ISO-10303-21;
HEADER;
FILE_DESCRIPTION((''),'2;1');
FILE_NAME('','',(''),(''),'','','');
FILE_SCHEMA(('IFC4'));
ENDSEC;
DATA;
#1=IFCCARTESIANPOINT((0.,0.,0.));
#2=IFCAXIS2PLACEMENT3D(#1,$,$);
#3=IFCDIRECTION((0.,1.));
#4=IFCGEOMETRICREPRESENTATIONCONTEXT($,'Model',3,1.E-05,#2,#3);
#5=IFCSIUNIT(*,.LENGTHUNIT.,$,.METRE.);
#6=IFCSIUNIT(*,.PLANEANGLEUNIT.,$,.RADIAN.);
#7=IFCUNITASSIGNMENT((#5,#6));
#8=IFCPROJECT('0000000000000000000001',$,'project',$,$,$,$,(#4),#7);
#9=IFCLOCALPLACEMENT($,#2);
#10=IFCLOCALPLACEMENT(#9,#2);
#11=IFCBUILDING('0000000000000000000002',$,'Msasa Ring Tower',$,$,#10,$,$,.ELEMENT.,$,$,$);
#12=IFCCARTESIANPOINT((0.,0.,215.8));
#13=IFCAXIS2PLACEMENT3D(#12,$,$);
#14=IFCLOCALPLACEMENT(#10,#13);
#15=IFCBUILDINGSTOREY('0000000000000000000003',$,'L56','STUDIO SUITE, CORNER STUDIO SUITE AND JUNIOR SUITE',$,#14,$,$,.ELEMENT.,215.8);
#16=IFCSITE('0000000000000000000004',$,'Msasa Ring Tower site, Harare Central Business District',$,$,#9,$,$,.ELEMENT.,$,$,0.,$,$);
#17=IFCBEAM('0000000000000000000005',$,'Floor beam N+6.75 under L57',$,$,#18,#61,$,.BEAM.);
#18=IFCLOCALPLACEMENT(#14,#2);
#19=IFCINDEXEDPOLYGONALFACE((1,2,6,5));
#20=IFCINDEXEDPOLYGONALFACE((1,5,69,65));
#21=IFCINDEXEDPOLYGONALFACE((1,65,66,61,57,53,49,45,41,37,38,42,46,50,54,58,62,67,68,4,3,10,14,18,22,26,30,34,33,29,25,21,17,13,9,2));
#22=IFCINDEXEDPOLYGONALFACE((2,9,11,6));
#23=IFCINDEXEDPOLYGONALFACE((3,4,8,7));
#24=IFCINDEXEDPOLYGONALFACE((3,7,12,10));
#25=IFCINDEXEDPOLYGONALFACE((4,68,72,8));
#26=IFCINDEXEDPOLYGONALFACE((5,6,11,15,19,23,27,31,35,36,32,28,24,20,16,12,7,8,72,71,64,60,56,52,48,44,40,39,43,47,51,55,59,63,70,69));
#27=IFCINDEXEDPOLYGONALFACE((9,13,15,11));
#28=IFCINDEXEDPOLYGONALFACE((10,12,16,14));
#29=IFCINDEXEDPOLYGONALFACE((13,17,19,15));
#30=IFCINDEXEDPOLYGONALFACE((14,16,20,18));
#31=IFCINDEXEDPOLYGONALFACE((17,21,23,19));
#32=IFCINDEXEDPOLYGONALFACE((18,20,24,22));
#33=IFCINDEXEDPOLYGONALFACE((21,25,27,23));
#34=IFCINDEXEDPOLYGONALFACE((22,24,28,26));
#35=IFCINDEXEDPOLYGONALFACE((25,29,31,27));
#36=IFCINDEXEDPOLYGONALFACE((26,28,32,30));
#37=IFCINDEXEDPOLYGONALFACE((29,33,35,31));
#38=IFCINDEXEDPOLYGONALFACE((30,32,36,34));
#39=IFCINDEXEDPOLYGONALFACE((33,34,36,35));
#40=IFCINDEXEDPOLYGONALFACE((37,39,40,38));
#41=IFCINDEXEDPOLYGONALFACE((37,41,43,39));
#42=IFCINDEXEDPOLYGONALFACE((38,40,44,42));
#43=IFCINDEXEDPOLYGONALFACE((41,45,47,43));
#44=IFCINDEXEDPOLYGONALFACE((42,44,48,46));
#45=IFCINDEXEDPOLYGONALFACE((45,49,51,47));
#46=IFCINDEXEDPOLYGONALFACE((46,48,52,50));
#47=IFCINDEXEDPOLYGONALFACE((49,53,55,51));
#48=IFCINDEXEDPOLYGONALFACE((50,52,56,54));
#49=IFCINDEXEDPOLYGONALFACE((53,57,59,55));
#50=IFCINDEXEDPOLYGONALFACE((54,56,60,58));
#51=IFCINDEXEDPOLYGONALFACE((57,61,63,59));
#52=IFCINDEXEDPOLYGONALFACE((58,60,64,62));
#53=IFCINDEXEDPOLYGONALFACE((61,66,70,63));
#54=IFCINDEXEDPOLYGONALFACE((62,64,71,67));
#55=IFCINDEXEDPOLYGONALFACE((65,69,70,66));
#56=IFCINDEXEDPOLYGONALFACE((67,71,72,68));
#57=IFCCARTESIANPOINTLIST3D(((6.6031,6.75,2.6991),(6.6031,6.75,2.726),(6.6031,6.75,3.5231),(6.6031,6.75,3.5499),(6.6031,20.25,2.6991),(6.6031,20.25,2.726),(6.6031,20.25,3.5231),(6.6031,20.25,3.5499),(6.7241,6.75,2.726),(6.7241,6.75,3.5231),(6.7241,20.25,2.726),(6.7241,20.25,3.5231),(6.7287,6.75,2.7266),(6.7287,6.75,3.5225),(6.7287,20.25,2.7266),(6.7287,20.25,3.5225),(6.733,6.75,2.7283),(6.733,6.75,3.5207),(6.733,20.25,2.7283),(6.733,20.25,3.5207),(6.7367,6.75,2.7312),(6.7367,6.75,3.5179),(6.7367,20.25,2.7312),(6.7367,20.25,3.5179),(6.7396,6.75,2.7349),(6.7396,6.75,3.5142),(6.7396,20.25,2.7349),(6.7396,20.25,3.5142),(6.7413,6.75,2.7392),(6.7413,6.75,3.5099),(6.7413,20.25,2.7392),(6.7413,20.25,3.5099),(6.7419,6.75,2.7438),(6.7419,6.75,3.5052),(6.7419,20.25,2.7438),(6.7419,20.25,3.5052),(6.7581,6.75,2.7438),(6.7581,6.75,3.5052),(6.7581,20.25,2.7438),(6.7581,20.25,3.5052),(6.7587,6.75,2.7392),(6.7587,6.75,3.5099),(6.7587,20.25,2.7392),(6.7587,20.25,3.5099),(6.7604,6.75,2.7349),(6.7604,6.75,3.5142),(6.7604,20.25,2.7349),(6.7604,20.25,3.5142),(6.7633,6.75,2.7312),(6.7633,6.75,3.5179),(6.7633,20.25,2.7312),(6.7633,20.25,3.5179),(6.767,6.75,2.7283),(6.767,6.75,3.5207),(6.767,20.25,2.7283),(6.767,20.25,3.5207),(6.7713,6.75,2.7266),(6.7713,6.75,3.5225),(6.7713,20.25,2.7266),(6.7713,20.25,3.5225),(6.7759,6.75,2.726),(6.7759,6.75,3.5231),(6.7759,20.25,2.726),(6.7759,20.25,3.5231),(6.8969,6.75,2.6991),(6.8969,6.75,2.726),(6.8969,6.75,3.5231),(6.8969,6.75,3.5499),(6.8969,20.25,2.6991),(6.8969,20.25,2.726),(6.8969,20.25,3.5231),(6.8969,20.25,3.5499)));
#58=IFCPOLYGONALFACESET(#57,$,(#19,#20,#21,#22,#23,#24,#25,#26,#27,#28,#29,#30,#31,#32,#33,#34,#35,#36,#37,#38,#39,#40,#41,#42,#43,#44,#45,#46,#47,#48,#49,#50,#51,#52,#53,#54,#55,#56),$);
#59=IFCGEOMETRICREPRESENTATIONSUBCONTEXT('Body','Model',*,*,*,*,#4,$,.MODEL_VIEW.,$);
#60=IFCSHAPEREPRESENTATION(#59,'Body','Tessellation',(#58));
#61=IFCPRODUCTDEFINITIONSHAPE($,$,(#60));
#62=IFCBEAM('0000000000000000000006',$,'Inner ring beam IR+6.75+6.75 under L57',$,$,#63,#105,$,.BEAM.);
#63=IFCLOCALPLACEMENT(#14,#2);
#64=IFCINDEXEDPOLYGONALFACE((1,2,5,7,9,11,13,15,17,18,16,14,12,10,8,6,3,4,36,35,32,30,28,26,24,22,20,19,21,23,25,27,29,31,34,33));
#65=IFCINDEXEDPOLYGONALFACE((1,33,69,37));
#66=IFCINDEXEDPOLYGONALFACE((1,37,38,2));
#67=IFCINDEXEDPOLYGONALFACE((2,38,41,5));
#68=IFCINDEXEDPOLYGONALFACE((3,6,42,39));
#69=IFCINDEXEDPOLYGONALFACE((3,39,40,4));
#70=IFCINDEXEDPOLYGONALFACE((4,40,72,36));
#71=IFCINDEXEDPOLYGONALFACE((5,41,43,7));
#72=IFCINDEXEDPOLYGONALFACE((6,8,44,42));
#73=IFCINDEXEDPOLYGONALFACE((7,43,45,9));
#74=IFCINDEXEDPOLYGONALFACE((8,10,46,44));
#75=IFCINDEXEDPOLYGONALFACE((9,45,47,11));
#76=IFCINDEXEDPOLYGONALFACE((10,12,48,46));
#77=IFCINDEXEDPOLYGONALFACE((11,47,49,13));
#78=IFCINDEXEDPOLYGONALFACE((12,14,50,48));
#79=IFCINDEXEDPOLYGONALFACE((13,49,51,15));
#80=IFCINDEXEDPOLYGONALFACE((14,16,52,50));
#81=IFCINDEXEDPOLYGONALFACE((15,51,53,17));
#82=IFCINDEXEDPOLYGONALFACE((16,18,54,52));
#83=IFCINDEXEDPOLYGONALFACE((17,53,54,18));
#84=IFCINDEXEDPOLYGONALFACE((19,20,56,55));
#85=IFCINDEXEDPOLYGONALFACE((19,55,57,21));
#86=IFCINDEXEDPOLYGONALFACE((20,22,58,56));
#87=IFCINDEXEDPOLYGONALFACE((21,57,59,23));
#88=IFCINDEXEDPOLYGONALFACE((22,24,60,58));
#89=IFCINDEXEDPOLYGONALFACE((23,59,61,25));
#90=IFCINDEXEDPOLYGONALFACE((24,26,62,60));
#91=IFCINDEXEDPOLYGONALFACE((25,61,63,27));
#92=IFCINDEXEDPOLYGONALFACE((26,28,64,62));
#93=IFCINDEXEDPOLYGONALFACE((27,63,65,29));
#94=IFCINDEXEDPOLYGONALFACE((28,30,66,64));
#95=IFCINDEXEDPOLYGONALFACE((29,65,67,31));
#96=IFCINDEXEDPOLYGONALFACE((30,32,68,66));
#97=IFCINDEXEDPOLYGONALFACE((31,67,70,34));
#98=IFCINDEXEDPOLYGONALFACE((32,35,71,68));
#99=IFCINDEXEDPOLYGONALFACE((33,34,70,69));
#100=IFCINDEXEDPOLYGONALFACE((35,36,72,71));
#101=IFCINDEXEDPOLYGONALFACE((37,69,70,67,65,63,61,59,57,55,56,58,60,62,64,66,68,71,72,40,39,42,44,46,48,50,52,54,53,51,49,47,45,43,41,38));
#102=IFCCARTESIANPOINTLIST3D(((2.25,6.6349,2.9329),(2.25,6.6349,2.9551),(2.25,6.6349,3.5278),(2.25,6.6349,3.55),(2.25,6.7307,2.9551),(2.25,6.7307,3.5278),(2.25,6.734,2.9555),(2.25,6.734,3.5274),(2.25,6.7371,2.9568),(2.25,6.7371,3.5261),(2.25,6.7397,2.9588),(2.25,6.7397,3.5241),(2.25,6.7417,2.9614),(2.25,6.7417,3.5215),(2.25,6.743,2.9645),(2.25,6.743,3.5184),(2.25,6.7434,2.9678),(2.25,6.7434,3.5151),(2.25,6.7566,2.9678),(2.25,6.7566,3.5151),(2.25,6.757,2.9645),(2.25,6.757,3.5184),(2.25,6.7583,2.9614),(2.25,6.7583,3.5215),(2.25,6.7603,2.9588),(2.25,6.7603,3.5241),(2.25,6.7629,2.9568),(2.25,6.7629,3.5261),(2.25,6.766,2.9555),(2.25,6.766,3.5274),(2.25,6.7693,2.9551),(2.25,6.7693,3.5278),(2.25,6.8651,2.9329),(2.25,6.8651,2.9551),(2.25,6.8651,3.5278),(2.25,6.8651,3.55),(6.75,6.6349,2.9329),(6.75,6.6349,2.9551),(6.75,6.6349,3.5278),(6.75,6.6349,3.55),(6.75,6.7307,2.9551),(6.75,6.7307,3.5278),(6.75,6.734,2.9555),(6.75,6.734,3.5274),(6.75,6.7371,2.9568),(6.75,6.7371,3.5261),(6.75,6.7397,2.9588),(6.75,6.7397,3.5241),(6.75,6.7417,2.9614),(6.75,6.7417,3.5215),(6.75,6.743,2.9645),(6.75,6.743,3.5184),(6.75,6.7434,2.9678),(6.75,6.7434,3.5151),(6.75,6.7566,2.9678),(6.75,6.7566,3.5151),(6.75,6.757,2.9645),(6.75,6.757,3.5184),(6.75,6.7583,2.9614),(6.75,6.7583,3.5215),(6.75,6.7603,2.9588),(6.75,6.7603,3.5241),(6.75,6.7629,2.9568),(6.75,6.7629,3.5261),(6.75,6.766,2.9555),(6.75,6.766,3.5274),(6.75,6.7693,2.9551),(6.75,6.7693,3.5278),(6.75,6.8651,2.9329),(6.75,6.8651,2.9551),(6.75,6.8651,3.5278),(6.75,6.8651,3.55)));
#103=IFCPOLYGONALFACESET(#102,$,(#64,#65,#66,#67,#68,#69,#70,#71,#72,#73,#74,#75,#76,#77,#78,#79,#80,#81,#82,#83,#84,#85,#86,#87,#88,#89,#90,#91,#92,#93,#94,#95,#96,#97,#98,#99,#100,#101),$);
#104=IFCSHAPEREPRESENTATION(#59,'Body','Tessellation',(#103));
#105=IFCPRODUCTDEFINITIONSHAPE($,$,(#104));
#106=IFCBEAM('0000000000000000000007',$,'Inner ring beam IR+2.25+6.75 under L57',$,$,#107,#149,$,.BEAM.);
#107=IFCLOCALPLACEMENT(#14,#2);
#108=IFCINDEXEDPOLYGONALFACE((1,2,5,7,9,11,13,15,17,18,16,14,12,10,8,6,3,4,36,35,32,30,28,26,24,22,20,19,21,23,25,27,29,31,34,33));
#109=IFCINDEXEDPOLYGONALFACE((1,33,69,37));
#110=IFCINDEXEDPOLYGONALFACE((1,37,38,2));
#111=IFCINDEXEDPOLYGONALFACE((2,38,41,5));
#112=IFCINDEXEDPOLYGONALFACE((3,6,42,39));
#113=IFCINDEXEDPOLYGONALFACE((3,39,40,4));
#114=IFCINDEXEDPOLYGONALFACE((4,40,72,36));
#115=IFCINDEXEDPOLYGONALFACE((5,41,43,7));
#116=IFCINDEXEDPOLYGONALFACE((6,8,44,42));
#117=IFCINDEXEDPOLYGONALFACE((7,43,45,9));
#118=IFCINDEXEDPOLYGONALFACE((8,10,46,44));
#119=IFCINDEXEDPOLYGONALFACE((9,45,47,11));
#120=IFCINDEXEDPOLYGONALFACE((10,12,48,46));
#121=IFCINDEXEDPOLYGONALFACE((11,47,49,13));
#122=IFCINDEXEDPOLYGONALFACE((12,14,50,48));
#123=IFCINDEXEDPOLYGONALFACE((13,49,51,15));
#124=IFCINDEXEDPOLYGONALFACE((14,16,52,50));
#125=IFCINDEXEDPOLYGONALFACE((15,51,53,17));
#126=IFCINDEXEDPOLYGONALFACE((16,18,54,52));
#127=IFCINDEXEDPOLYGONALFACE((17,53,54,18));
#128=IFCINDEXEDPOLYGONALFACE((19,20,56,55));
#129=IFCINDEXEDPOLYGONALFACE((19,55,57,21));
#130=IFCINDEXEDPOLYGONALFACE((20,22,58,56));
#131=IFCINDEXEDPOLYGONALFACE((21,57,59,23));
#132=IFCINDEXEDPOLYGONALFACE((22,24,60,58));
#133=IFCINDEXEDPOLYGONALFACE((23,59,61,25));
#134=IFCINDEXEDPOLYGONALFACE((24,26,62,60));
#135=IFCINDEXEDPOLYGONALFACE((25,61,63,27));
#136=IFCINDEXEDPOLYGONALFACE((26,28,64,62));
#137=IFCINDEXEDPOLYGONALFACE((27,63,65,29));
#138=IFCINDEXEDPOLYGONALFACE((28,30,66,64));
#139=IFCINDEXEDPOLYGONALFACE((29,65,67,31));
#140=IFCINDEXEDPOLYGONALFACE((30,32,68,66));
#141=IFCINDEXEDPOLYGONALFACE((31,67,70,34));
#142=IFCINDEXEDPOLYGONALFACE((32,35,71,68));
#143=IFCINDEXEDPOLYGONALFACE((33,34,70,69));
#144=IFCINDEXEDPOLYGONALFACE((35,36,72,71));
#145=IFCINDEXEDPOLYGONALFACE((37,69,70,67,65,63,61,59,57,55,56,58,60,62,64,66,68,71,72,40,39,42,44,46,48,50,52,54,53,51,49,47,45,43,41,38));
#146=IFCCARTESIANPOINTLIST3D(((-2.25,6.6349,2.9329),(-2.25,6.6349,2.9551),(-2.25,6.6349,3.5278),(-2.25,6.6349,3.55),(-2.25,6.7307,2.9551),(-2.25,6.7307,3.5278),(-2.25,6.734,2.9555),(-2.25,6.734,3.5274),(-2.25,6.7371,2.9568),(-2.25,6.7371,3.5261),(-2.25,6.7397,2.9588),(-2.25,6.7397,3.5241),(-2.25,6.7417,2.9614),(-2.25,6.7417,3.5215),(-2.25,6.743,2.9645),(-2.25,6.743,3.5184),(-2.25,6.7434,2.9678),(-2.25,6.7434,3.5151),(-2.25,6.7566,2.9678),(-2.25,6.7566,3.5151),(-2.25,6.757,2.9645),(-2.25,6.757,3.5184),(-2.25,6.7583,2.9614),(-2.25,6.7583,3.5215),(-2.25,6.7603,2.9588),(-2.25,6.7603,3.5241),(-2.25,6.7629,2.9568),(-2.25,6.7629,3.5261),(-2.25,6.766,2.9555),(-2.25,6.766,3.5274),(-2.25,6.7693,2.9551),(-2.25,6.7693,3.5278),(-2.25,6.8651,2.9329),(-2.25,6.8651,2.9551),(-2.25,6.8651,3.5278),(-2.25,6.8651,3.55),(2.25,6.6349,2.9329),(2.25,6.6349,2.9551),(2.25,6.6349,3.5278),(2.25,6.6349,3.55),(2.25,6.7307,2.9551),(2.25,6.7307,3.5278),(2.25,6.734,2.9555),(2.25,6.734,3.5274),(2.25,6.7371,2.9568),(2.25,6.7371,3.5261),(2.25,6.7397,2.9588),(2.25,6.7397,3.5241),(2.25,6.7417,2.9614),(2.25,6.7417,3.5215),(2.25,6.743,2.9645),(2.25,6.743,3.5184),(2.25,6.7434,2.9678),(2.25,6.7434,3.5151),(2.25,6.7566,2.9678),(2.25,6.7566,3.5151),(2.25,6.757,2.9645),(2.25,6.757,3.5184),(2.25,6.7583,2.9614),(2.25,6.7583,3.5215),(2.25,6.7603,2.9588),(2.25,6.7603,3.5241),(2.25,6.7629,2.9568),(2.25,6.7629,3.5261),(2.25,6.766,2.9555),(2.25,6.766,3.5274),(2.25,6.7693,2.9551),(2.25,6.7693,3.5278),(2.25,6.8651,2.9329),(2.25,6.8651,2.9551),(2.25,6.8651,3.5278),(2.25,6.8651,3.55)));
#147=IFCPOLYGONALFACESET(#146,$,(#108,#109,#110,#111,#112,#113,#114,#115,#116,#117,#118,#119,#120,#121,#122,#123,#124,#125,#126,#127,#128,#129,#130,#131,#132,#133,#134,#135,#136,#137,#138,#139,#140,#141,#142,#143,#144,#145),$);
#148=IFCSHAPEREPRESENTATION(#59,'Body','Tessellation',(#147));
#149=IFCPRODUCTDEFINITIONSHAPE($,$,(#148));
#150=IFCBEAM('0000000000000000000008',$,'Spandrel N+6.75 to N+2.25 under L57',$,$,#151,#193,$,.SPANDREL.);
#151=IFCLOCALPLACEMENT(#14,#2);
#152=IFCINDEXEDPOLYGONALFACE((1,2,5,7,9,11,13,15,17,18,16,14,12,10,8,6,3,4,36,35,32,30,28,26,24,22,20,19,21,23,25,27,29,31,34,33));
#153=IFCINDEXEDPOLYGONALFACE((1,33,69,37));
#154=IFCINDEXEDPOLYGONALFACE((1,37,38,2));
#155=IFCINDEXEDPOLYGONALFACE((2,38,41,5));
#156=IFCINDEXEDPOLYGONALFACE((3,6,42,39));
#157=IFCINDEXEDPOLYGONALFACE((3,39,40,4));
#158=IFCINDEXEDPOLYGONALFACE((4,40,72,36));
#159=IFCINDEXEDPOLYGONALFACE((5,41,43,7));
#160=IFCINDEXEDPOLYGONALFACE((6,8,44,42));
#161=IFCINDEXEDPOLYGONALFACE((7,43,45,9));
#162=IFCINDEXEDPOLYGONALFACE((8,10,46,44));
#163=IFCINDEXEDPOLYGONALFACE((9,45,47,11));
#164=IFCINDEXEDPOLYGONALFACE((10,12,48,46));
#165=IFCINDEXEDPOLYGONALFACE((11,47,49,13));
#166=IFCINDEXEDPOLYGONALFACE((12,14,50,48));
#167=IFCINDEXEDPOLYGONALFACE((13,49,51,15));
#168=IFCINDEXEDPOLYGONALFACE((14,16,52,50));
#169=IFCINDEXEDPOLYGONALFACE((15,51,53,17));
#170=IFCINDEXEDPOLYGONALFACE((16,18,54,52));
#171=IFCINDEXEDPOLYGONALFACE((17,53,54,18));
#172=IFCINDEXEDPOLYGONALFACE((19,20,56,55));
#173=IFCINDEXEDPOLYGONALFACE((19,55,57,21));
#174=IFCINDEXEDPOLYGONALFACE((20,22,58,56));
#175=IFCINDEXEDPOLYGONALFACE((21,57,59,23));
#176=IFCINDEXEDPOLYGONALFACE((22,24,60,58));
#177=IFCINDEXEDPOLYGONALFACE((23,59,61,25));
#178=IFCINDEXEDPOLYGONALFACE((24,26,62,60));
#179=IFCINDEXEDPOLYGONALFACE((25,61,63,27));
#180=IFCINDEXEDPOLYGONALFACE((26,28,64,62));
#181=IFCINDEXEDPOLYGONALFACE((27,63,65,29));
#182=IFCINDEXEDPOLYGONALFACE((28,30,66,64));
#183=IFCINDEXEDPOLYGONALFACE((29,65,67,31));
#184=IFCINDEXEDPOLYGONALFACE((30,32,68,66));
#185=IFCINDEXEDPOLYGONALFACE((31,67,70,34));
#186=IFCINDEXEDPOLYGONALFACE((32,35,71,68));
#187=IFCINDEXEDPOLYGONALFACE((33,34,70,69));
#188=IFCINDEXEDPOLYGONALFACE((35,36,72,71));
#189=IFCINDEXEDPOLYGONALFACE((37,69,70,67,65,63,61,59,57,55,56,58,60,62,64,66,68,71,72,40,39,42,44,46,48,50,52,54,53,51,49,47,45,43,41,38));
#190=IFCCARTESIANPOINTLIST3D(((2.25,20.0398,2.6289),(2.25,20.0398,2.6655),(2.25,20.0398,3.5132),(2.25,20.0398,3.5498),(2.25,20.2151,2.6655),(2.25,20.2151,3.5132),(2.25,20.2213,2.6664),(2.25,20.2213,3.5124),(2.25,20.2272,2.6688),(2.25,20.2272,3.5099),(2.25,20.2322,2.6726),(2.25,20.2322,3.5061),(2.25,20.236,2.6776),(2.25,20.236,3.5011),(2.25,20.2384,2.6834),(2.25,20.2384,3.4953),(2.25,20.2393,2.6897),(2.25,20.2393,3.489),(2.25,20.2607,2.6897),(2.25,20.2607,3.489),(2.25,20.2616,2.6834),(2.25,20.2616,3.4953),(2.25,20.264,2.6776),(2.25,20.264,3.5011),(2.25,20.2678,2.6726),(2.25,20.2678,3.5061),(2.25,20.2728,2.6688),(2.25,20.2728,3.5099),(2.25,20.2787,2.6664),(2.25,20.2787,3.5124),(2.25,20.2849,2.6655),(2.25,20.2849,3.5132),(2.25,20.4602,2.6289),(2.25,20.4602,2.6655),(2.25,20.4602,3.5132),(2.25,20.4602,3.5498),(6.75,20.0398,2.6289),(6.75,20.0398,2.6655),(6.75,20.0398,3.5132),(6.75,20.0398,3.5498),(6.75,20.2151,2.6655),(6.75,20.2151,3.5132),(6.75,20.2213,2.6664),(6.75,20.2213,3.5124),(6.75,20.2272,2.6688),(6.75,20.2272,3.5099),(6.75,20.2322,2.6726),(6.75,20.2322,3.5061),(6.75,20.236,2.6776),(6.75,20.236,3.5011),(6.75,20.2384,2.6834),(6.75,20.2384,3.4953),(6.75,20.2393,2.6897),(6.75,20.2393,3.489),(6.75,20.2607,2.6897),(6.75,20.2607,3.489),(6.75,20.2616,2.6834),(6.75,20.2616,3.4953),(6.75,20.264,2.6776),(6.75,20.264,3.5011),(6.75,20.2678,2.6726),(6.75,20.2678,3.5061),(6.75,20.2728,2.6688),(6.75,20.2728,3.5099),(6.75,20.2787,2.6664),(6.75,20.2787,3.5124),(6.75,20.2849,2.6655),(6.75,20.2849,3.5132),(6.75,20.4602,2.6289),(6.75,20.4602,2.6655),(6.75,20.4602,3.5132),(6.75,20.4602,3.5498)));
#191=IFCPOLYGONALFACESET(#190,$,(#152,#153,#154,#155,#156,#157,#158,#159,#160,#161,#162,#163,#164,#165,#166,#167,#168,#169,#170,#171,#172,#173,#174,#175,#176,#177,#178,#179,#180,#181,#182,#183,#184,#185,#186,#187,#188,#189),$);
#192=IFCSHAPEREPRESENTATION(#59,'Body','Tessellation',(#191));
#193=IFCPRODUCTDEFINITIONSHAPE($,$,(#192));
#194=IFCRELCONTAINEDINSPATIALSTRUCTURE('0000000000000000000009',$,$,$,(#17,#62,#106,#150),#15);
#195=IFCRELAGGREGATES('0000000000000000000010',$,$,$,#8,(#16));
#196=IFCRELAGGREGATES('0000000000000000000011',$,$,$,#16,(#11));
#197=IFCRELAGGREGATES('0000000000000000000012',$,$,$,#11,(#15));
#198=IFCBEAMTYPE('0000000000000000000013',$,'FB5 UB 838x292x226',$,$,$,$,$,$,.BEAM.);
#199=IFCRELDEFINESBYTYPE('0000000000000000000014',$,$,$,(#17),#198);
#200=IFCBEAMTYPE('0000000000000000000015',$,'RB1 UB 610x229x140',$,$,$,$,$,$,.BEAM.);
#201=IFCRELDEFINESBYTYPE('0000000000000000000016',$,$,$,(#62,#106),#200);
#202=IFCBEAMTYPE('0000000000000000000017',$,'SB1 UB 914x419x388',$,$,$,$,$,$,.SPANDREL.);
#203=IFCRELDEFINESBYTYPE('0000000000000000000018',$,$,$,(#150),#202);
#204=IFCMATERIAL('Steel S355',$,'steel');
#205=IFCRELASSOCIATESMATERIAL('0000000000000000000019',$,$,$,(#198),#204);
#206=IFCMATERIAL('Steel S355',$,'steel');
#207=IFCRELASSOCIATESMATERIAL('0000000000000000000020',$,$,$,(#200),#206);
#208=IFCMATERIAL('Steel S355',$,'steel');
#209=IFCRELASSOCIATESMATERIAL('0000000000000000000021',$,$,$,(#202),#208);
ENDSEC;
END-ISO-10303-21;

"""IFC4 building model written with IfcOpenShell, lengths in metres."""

from ifc_helpers import new_model, si_unit, direction, frame, origin, origin_2d, place, context, subcontext, project, spatial, i_section, extrude, material, material_profile, profile_set, type_object, element, save


model = new_model("IFC4")

# Units and contexts
model_context = context("Model", 3, precision=1e-05, world=origin(), true_north=direction((0.0, 1.0)))
body_context = subcontext(model_context, "Body", "Model", "MODEL_VIEW")
ifc_project = project(units=[si_unit("LENGTHUNIT", "METRE"), si_unit("PLANEANGLEUNIT", "RADIAN")], contexts=[model_context])

# Site, building, storey
site_placement = place(None, origin())
site = spatial("IfcSite", under=ifc_project, at=site_placement, Name="Msasa Ring Tower site, Harare Central Business District", CompositionType="ELEMENT", RefElevation=0.0)
building_placement = place(site_placement, origin())
building = spatial("IfcBuilding", under=site, at=building_placement, Name="Msasa Ring Tower", CompositionType="ELEMENT")
storey_placement = place(building_placement, frame((0.0, 0.0, 215.8)))
storey = spatial("IfcBuildingStorey", under=building, at=storey_placement, Name="L56", Description="STUDIO SUITE, CORNER STUDIO SUITE AND JUNIOR SUITE", CompositionType="ELEMENT", Elevation=215.8)

# Beams
ifc_material_1 = material(Name="Steel S355", Category="steel")
ifc_material_profile_1 = material_profile(ifc_material_1, i_section(OverallWidth=0.2937, OverallDepth=0.8508, WebThickness=0.0161, FlangeThickness=0.0269, FilletRadius=0.0178, at=origin_2d()), Name="UB 838x292x226")
ifc_profile_set_1 = profile_set([ifc_material_profile_1], Name="Steel S355")
beam_type_1 = type_object("IfcBeamType", Name="FB5 UB 838x292x226", PredefinedType="BEAM", material=ifc_profile_set_1)
for number, where, z_axis, x_axis, name in (
    (1, (6.75, 20.25, 3.1245), (0.0, -1.0, 0.0), (1.0, 0.0, 0.0), "Floor beam N+6.75 under L57"),
):
    element("IfcBeam", number, at=place(storey_placement, frame(where, z_axis=z_axis, x_axis=x_axis)), inside=storey, type_object=beam_type_1, Name=name, PredefinedType="BEAM", context=body_context, shape_type="SweptSolid", body=[
        extrude(i_section(OverallWidth=0.2937, OverallDepth=0.8508, WebThickness=0.0161, FlangeThickness=0.0269, FilletRadius=0.0178, at=origin_2d()), origin(), (0.0, 0.0, 1.0), 13.5),
    ])
ifc_material_2 = material(Name="Steel S355", Category="steel")
ifc_material_profile_2 = material_profile(ifc_material_2, i_section(OverallWidth=0.2302, OverallDepth=0.6172, WebThickness=0.0132, FlangeThickness=0.0222, FilletRadius=0.0127, at=origin_2d()), Name="UB 610x229x140")
ifc_profile_set_2 = profile_set([ifc_material_profile_2], Name="Steel S355")
beam_type_2 = type_object("IfcBeamType", Name="RB1 UB 610x229x140", PredefinedType="BEAM", material=ifc_profile_set_2)
for number, where, z_axis, x_axis, name in (
    (2, (6.75, 6.75, 3.2415), (-1.0, 0.0, 0.0), (0.0, -1.0, 0.0), "Inner ring beam IR+6.75+6.75 under L57"),
    (3, (2.25, 6.75, 3.2415), (-1.0, 0.0, 0.0), (0.0, -1.0, 0.0), "Inner ring beam IR+2.25+6.75 under L57"),
):
    element("IfcBeam", number, at=place(storey_placement, frame(where, z_axis=z_axis, x_axis=x_axis)), inside=storey, type_object=beam_type_2, Name=name, PredefinedType="BEAM", context=body_context, shape_type="SweptSolid", body=[
        extrude(i_section(OverallWidth=0.2302, OverallDepth=0.6172, WebThickness=0.0132, FlangeThickness=0.0222, FilletRadius=0.0127, at=origin_2d()), origin(), (0.0, 0.0, 1.0), 4.5),
    ])
ifc_material_3 = material(Name="Steel S355", Category="steel")
ifc_material_profile_3 = material_profile(ifc_material_3, i_section(OverallWidth=0.4204, OverallDepth=0.9209, WebThickness=0.0215, FlangeThickness=0.0366, FilletRadius=0.0242, at=origin_2d()), Name="UB 914x419x388")
ifc_profile_set_3 = profile_set([ifc_material_profile_3], Name="Steel S355")
beam_type_3 = type_object("IfcBeamType", Name="SB1 UB 914x419x388", PredefinedType="SPANDREL", material=ifc_profile_set_3)
for number, where, z_axis, x_axis, name in (
    (4, (6.75, 20.25, 3.0894), (-1.0, 0.0, 0.0), (0.0, -1.0, 0.0), "Spandrel N+6.75 to N+2.25 under L57"),
):
    element("IfcBeam", number, at=place(storey_placement, frame(where, z_axis=z_axis, x_axis=x_axis)), inside=storey, type_object=beam_type_3, Name=name, PredefinedType="SPANDREL", context=body_context, shape_type="SweptSolid", body=[
        extrude(i_section(OverallWidth=0.4204, OverallDepth=0.9209, WebThickness=0.0215, FlangeThickness=0.0366, FilletRadius=0.0242, at=origin_2d()), origin(), (0.0, 0.0, 1.0), 4.5),
    ])

save(model, "model.ifc")
